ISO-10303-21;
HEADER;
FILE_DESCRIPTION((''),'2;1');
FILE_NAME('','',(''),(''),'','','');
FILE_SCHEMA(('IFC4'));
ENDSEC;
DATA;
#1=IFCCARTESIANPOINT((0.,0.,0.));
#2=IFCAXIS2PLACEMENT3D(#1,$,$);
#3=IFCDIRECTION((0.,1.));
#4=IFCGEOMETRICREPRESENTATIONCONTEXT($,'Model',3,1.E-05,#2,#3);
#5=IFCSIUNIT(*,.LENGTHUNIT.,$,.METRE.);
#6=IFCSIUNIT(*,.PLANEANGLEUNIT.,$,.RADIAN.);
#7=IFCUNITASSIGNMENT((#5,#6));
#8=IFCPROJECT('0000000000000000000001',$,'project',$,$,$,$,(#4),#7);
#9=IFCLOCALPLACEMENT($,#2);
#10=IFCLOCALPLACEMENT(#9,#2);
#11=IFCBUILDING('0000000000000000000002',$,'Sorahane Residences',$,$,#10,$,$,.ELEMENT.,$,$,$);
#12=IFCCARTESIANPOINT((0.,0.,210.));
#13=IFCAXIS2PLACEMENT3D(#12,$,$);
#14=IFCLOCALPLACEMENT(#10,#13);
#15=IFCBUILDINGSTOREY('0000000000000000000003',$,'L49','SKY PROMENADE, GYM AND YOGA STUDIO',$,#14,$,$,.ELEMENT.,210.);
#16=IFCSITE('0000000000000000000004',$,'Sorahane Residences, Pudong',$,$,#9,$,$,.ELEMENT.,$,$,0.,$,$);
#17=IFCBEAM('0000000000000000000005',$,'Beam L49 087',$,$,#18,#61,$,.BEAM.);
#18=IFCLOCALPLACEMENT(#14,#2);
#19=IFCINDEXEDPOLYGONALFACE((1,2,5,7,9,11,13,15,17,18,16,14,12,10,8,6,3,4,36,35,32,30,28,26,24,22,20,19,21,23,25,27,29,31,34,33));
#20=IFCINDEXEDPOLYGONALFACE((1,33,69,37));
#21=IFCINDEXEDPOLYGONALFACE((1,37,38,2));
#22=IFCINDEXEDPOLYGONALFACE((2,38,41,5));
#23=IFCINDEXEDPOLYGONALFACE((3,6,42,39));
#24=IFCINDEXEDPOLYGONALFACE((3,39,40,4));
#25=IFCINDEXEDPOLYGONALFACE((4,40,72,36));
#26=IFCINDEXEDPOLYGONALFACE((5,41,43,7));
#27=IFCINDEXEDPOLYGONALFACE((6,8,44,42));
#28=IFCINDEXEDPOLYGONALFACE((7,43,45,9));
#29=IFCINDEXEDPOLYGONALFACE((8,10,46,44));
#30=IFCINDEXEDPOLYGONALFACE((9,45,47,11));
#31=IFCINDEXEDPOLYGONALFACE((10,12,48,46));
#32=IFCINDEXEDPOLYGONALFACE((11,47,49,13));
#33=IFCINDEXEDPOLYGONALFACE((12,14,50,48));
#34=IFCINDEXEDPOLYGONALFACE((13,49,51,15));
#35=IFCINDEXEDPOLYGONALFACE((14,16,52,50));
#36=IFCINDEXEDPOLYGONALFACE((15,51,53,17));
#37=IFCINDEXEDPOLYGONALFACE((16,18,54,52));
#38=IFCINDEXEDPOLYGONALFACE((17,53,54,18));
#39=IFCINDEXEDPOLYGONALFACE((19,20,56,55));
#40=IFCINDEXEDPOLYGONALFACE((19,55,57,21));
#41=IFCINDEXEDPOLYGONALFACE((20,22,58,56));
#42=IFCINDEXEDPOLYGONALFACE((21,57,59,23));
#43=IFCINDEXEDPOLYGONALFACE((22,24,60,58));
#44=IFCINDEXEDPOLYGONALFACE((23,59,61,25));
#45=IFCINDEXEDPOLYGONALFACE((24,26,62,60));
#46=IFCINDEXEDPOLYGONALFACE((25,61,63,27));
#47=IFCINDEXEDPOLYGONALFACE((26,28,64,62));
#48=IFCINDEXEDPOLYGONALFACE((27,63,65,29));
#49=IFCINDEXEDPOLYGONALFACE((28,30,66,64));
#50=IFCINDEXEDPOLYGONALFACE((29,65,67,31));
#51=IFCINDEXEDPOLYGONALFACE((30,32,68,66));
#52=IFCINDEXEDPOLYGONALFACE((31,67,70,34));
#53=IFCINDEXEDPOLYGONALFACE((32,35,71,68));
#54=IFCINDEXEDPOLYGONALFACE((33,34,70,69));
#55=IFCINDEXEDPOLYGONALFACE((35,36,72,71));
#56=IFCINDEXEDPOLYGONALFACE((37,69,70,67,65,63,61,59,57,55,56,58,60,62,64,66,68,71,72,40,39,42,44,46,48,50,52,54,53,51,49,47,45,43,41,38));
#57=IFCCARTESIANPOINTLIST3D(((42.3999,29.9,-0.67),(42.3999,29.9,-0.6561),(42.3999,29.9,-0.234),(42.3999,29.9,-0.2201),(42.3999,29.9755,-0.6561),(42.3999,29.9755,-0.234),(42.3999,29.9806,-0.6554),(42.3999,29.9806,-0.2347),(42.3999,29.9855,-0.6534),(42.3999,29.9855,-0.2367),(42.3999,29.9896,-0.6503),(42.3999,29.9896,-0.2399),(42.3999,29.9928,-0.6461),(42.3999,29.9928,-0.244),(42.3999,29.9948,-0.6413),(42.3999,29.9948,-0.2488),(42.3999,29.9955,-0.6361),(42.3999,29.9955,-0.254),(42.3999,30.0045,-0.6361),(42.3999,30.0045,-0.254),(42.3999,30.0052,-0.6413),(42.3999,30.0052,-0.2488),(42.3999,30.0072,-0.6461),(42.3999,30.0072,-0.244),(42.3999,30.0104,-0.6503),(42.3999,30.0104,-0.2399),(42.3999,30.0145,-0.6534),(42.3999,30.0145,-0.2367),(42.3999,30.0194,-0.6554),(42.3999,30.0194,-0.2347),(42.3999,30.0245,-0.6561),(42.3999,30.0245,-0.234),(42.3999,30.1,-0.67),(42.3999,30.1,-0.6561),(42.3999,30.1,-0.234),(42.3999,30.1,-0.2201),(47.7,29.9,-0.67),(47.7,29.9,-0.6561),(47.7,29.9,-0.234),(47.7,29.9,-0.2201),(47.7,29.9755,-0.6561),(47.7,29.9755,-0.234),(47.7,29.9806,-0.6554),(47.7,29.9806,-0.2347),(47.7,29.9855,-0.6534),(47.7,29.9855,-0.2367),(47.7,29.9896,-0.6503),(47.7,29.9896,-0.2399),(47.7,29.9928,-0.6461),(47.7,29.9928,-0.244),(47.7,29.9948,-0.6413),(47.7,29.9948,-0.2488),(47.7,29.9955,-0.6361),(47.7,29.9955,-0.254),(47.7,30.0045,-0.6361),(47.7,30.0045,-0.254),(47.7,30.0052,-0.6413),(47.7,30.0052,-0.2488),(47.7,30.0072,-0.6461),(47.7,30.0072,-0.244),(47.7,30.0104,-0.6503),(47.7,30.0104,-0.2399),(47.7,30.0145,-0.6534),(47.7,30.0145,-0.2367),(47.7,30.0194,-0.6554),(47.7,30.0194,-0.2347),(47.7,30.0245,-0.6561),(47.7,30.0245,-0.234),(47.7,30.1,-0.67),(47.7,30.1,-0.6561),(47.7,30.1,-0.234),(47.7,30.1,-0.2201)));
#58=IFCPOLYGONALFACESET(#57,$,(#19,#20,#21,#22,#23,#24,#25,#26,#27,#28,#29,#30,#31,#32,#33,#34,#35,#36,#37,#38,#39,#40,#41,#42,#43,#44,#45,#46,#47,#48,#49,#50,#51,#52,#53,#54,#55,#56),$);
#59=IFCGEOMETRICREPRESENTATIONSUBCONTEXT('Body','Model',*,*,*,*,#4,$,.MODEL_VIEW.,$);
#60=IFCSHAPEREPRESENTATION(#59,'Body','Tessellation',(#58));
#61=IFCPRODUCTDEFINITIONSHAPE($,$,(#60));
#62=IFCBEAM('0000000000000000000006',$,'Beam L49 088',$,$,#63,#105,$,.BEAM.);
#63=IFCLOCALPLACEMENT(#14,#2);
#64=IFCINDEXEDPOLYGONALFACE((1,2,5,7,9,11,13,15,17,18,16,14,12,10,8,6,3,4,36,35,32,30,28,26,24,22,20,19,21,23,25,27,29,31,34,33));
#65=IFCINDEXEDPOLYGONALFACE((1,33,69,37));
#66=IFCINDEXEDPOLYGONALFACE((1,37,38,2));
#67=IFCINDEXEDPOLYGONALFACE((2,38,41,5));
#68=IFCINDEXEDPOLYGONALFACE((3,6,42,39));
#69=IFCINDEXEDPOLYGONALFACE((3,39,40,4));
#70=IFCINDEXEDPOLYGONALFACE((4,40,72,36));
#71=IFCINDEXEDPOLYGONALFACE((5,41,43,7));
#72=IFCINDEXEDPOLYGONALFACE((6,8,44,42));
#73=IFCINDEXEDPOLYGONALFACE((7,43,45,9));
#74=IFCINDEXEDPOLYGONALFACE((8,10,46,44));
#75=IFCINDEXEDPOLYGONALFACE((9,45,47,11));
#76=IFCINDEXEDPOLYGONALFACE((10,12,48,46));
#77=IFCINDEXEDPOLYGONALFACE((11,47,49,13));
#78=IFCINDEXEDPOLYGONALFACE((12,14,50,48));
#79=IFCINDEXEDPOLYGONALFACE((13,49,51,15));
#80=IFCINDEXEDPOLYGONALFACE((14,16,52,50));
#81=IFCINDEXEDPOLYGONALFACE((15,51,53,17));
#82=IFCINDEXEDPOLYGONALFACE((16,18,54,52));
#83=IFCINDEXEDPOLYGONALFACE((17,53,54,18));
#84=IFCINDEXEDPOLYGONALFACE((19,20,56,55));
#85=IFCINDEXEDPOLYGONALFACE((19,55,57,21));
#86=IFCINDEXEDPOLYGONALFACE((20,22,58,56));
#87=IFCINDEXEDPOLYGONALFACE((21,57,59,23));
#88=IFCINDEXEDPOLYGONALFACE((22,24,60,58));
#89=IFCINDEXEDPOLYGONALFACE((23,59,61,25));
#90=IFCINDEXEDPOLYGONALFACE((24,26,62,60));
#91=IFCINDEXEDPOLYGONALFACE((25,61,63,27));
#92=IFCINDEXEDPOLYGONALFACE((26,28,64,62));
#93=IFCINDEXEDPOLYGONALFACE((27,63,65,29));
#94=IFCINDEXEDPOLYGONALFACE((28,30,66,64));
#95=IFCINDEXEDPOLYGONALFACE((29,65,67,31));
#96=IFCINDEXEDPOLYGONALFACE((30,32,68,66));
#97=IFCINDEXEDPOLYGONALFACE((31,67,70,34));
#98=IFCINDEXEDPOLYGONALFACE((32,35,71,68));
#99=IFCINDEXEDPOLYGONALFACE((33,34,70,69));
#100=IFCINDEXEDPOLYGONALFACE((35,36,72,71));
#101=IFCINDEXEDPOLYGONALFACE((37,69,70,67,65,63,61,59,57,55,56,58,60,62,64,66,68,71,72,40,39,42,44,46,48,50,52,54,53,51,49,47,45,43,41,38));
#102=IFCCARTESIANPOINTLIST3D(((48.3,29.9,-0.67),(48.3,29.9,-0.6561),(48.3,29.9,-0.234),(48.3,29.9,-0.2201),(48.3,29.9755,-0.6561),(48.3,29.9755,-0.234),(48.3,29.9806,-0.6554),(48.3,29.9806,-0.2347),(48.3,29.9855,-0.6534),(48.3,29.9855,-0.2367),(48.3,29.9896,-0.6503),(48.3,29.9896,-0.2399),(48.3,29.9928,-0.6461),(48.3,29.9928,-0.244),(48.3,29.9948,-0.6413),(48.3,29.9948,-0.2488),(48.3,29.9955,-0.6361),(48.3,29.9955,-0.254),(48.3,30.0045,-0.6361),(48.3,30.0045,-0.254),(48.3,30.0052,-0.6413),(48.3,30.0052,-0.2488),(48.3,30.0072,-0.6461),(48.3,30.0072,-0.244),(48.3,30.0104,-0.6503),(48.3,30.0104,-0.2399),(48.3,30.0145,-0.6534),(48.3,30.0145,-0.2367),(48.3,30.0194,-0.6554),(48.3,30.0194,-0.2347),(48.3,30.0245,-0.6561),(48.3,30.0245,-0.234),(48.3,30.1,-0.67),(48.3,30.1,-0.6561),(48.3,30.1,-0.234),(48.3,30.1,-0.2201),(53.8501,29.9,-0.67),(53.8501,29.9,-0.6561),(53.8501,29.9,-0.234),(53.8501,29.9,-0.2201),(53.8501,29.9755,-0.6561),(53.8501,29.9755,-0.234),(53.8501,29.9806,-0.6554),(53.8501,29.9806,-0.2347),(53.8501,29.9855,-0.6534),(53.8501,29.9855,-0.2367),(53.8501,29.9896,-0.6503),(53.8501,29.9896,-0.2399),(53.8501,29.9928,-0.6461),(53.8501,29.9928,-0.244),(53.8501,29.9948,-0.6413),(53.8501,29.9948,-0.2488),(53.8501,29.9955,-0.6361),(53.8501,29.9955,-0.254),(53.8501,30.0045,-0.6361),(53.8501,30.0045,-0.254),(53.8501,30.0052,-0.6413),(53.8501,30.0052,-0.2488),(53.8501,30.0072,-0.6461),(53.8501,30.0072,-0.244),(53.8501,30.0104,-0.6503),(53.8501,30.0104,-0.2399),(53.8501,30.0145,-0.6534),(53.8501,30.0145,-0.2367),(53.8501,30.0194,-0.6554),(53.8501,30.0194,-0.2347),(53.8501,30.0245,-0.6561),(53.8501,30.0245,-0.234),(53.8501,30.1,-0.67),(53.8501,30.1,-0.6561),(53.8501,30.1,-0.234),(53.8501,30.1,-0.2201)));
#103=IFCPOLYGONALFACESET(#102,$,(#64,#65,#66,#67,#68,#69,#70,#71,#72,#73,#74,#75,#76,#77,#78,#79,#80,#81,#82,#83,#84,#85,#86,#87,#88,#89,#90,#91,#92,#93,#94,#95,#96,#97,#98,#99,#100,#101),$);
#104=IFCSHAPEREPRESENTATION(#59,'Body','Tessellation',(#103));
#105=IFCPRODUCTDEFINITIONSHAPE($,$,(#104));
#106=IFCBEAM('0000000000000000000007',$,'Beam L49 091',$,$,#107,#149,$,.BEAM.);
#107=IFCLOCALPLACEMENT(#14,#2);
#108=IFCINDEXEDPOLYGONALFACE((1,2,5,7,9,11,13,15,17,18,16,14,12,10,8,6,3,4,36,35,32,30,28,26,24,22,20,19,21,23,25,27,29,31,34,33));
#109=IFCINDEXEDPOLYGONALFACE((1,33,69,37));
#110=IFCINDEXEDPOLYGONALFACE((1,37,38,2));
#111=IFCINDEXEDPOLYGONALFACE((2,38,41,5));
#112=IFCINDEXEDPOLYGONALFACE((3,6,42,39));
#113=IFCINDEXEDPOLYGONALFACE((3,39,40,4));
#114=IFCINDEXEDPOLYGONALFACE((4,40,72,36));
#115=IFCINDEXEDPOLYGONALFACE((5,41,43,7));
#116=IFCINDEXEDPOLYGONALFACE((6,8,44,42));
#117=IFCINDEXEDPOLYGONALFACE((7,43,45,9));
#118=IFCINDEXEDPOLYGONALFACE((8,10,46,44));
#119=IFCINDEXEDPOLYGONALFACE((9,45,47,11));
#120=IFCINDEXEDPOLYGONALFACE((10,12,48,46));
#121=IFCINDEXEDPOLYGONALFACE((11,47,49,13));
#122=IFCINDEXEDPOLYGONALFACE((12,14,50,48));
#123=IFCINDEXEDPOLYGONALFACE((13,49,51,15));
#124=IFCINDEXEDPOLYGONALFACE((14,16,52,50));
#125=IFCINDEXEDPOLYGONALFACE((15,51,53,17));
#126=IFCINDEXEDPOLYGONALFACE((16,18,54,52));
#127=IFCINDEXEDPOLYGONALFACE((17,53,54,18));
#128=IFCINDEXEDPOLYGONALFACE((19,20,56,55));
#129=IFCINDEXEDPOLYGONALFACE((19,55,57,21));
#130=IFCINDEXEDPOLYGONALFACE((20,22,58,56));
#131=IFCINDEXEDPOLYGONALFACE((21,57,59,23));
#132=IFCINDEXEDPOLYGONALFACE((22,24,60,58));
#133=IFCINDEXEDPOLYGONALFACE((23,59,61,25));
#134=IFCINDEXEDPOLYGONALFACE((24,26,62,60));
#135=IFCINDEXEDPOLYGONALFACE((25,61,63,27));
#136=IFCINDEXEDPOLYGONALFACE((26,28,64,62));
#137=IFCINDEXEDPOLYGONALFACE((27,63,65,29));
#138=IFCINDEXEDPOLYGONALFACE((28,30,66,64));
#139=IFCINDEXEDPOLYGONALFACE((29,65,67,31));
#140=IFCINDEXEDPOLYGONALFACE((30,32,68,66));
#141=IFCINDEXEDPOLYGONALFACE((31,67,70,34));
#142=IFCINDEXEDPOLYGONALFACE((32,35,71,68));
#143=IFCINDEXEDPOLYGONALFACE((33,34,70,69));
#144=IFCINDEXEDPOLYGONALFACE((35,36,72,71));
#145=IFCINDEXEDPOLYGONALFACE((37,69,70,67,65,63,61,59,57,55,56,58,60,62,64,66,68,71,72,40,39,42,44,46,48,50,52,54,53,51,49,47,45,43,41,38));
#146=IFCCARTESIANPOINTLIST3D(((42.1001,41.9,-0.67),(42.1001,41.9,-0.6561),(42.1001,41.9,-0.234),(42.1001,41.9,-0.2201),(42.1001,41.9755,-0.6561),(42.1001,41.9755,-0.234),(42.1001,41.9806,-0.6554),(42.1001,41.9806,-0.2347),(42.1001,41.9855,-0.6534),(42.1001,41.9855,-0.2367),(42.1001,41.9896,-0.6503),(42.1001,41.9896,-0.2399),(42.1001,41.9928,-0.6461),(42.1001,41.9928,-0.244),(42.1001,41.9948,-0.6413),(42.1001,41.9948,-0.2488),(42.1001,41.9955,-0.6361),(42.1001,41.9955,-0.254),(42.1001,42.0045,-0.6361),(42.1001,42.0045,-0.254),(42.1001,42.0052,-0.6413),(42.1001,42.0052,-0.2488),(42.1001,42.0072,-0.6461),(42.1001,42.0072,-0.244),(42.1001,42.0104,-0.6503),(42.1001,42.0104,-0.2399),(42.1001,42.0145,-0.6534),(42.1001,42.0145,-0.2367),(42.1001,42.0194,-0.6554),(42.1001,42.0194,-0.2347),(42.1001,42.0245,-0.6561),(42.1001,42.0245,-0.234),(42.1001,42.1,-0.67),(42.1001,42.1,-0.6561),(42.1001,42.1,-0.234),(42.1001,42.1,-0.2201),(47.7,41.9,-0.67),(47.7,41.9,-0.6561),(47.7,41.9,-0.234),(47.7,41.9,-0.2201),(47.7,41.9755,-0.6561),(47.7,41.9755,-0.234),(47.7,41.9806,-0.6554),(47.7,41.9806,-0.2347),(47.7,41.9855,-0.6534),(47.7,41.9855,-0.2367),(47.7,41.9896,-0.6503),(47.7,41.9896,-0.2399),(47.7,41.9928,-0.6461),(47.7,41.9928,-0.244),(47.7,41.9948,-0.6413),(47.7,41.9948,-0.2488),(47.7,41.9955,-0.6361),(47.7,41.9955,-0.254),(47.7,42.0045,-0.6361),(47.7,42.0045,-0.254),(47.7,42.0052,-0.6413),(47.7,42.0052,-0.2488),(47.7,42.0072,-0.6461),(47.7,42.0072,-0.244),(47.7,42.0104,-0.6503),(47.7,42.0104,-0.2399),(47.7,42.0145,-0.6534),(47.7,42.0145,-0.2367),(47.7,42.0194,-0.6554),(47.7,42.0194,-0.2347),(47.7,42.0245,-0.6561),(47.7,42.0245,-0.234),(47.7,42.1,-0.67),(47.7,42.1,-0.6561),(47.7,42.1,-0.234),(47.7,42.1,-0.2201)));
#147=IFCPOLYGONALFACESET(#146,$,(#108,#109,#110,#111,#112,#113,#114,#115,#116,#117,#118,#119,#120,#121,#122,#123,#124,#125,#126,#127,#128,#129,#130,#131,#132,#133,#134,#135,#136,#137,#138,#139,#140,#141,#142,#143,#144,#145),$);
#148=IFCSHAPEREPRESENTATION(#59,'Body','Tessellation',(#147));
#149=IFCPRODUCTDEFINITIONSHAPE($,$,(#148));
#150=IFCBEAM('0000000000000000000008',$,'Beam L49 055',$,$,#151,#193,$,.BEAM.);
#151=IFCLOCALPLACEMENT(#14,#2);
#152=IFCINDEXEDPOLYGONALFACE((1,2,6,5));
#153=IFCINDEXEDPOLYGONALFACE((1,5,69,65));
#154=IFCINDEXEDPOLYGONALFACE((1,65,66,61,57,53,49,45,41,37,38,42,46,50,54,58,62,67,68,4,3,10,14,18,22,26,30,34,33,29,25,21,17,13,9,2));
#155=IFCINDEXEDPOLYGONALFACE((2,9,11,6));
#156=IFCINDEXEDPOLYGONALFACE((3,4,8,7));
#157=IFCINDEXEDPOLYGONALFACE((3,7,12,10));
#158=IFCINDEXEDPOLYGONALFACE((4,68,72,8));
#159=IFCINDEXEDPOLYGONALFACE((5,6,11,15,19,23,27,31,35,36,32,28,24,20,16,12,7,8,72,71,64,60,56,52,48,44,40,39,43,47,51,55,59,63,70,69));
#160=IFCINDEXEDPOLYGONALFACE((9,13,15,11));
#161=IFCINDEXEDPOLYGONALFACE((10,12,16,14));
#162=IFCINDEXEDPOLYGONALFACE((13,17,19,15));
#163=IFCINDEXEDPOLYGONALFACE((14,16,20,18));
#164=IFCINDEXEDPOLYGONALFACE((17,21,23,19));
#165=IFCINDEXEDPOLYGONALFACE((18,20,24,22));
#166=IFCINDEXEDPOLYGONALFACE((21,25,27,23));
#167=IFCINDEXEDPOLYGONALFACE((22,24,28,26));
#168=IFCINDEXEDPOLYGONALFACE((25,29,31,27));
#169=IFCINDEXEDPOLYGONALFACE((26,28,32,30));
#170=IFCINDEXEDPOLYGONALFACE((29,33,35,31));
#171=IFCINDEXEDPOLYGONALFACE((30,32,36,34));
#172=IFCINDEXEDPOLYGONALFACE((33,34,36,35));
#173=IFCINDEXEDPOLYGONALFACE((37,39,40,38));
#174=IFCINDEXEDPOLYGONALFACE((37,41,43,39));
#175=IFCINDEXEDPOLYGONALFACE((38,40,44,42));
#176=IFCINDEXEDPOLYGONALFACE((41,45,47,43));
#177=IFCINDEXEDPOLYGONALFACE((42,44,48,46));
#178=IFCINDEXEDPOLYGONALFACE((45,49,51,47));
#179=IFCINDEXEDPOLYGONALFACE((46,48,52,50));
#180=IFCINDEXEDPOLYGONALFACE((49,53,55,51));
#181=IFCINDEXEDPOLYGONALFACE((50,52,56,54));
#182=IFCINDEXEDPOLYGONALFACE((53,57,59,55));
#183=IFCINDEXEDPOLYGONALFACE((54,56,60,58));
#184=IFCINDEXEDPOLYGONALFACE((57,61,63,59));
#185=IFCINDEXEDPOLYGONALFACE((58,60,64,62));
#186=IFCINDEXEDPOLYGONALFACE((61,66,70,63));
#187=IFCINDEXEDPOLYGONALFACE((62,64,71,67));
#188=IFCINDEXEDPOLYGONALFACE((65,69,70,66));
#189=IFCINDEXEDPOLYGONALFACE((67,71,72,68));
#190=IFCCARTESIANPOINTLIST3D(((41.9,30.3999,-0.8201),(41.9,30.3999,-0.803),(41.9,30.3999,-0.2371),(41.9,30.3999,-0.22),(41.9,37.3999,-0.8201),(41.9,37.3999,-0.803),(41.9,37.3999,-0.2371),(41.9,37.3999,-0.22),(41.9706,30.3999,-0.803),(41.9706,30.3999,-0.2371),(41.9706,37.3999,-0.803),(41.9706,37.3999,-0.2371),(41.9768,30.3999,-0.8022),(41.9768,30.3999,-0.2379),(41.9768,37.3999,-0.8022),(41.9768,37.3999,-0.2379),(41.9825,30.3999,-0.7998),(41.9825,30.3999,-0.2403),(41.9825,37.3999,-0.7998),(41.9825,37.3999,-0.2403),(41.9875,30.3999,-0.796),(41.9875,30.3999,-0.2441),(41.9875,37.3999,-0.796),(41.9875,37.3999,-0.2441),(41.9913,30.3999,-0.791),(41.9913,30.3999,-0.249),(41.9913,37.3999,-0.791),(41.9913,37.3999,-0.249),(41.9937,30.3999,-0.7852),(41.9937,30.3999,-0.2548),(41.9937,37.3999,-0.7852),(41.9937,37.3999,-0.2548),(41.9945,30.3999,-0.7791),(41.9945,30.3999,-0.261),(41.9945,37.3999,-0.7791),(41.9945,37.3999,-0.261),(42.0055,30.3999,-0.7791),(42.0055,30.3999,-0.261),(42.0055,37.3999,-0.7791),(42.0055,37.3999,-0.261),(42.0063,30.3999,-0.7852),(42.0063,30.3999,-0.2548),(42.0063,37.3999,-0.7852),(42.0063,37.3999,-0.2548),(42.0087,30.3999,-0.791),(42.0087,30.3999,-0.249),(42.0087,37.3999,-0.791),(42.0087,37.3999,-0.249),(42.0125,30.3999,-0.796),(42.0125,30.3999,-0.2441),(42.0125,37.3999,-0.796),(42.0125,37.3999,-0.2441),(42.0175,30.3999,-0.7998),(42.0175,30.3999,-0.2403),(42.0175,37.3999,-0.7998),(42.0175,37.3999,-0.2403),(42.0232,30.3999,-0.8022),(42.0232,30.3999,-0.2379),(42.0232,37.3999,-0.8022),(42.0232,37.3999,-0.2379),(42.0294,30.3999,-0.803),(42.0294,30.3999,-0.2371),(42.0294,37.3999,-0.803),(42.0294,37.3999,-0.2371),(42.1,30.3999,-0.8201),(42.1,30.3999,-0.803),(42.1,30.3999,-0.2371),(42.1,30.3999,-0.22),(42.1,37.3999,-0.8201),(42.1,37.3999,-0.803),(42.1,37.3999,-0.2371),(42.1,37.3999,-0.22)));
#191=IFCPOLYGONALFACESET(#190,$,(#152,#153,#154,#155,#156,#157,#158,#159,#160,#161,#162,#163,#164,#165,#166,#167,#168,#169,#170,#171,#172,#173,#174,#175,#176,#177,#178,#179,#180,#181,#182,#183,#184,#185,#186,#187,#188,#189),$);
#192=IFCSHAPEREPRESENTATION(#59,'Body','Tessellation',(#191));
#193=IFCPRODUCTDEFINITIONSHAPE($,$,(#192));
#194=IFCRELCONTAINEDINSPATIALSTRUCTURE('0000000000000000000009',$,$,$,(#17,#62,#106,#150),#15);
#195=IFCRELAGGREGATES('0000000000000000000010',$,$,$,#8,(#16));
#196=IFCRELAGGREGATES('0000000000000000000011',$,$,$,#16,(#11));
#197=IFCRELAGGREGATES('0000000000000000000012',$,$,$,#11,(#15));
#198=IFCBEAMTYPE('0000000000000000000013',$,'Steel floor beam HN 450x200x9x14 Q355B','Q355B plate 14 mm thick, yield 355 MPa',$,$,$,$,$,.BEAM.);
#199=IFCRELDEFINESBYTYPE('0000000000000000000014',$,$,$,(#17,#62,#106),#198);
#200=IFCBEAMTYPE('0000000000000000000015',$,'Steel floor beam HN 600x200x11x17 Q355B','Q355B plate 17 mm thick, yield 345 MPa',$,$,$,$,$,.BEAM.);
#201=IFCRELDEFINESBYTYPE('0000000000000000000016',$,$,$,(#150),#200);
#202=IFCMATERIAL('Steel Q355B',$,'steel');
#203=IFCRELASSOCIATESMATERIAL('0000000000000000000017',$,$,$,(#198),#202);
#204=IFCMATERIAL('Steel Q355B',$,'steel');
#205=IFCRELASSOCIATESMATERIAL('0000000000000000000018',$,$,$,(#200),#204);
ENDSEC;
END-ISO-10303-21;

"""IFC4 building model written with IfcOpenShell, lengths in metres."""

from ifc_helpers import new_model, si_unit, direction, frame, origin, origin_2d, place, context, subcontext, project, spatial, i_section, extrude, material, material_profile, profile_set, type_object, element, save


model = new_model("IFC4")

# Units and contexts
model_context = context("Model", 3, precision=1e-05, world=origin(), true_north=direction((0.0, 1.0)))
body_context = subcontext(model_context, "Body", "Model", "MODEL_VIEW")
ifc_project = project(units=[si_unit("LENGTHUNIT", "METRE"), si_unit("PLANEANGLEUNIT", "RADIAN")], contexts=[model_context])

# Site, building, storey
site_placement = place(None, origin())
site = spatial("IfcSite", under=ifc_project, at=site_placement, Name="Sorahane Residences, Pudong", CompositionType="ELEMENT", RefElevation=0.0)
building_placement = place(site_placement, origin())
building = spatial("IfcBuilding", under=site, at=building_placement, Name="Sorahane Residences", CompositionType="ELEMENT")
storey_placement = place(building_placement, frame((0.0, 0.0, 210.0)))
storey = spatial("IfcBuildingStorey", under=building, at=storey_placement, Name="L49", Description="SKY PROMENADE, GYM AND YOGA STUDIO", CompositionType="ELEMENT", Elevation=210.0)

# Beams
ifc_material_1 = material(Name="Steel Q355B", Category="steel")
ifc_material_profile_1 = material_profile(ifc_material_1, i_section(OverallWidth=0.2, OverallDepth=0.45, WebThickness=0.009, FlangeThickness=0.0139, FilletRadius=0.02, at=origin_2d()), Name="HN 450x200x9x14")
ifc_profile_set_1 = profile_set([ifc_material_profile_1], Name="Steel Q355B")
beam_type_1 = type_object("IfcBeamType", Name="Steel floor beam HN 450x200x9x14 Q355B", Description="Q355B plate 14 mm thick, yield 355 MPa", PredefinedType="BEAM", material=ifc_profile_set_1)
beam_1_placement = place(storey_placement, frame((42.3999, 30.0, -0.4451), z_axis=(1.0, 0.0, 0.0), x_axis=(0.0, 1.0, 0.0)))
element("IfcBeam", 1, at=beam_1_placement, inside=storey, type_object=beam_type_1, Name="Beam L49 087", PredefinedType="BEAM", context=body_context, shape_type="SweptSolid", body=[
    extrude(i_section(OverallWidth=0.2, OverallDepth=0.45, WebThickness=0.009, FlangeThickness=0.0139, FilletRadius=0.02, at=origin_2d()), origin(), (0.0, 0.0, 1.0), 5.3),
])
beam_2_placement = place(storey_placement, frame((48.3, 30.0, -0.4451), z_axis=(1.0, 0.0, 0.0), x_axis=(0.0, 1.0, 0.0)))
element("IfcBeam", 2, at=beam_2_placement, inside=storey, type_object=beam_type_1, Name="Beam L49 088", PredefinedType="BEAM", context=body_context, shape_type="SweptSolid", body=[
    extrude(i_section(OverallWidth=0.2, OverallDepth=0.45, WebThickness=0.009, FlangeThickness=0.0139, FilletRadius=0.02, at=origin_2d()), origin(), (0.0, 0.0, 1.0), 5.55),
])
beam_3_placement = place(storey_placement, frame((42.1001, 42.0, -0.4451), z_axis=(1.0, 0.0, 0.0), x_axis=(0.0, 1.0, 0.0)))
element("IfcBeam", 3, at=beam_3_placement, inside=storey, type_object=beam_type_1, Name="Beam L49 091", PredefinedType="BEAM", context=body_context, shape_type="SweptSolid", body=[
    extrude(i_section(OverallWidth=0.2, OverallDepth=0.45, WebThickness=0.009, FlangeThickness=0.0139, FilletRadius=0.02, at=origin_2d()), origin(), (0.0, 0.0, 1.0), 5.5999),
])
ifc_material_2 = material(Name="Steel Q355B", Category="steel")
ifc_material_profile_2 = material_profile(ifc_material_2, i_section(OverallWidth=0.2, OverallDepth=0.6001, WebThickness=0.011, FlangeThickness=0.0171, FilletRadius=0.0239, at=origin_2d()), Name="HN 600x200x11x17")
ifc_profile_set_2 = profile_set([ifc_material_profile_2], Name="Steel Q355B")
beam_type_2 = type_object("IfcBeamType", Name="Steel floor beam HN 600x200x11x17 Q355B", Description="Q355B plate 17 mm thick, yield 345 MPa", PredefinedType="BEAM", material=ifc_profile_set_2)
for number, where, z_axis, x_axis, name in (
    (4, (42.0, 30.3999, -0.52), (0.0, 1.0, 0.0), (-1.0, 0.0, 0.0), "Beam L49 055"),
):
    element("IfcBeam", number, at=place(storey_placement, frame(where, z_axis=z_axis, x_axis=x_axis)), inside=storey, type_object=beam_type_2, Name=name, PredefinedType="BEAM", context=body_context, shape_type="SweptSolid", body=[
        extrude(i_section(OverallWidth=0.2, OverallDepth=0.6001, WebThickness=0.011, FlangeThickness=0.0171, FilletRadius=0.0239, at=origin_2d()), origin(), (0.0, 0.0, 1.0), 7.0),
    ])

save(model, "model.ifc")
